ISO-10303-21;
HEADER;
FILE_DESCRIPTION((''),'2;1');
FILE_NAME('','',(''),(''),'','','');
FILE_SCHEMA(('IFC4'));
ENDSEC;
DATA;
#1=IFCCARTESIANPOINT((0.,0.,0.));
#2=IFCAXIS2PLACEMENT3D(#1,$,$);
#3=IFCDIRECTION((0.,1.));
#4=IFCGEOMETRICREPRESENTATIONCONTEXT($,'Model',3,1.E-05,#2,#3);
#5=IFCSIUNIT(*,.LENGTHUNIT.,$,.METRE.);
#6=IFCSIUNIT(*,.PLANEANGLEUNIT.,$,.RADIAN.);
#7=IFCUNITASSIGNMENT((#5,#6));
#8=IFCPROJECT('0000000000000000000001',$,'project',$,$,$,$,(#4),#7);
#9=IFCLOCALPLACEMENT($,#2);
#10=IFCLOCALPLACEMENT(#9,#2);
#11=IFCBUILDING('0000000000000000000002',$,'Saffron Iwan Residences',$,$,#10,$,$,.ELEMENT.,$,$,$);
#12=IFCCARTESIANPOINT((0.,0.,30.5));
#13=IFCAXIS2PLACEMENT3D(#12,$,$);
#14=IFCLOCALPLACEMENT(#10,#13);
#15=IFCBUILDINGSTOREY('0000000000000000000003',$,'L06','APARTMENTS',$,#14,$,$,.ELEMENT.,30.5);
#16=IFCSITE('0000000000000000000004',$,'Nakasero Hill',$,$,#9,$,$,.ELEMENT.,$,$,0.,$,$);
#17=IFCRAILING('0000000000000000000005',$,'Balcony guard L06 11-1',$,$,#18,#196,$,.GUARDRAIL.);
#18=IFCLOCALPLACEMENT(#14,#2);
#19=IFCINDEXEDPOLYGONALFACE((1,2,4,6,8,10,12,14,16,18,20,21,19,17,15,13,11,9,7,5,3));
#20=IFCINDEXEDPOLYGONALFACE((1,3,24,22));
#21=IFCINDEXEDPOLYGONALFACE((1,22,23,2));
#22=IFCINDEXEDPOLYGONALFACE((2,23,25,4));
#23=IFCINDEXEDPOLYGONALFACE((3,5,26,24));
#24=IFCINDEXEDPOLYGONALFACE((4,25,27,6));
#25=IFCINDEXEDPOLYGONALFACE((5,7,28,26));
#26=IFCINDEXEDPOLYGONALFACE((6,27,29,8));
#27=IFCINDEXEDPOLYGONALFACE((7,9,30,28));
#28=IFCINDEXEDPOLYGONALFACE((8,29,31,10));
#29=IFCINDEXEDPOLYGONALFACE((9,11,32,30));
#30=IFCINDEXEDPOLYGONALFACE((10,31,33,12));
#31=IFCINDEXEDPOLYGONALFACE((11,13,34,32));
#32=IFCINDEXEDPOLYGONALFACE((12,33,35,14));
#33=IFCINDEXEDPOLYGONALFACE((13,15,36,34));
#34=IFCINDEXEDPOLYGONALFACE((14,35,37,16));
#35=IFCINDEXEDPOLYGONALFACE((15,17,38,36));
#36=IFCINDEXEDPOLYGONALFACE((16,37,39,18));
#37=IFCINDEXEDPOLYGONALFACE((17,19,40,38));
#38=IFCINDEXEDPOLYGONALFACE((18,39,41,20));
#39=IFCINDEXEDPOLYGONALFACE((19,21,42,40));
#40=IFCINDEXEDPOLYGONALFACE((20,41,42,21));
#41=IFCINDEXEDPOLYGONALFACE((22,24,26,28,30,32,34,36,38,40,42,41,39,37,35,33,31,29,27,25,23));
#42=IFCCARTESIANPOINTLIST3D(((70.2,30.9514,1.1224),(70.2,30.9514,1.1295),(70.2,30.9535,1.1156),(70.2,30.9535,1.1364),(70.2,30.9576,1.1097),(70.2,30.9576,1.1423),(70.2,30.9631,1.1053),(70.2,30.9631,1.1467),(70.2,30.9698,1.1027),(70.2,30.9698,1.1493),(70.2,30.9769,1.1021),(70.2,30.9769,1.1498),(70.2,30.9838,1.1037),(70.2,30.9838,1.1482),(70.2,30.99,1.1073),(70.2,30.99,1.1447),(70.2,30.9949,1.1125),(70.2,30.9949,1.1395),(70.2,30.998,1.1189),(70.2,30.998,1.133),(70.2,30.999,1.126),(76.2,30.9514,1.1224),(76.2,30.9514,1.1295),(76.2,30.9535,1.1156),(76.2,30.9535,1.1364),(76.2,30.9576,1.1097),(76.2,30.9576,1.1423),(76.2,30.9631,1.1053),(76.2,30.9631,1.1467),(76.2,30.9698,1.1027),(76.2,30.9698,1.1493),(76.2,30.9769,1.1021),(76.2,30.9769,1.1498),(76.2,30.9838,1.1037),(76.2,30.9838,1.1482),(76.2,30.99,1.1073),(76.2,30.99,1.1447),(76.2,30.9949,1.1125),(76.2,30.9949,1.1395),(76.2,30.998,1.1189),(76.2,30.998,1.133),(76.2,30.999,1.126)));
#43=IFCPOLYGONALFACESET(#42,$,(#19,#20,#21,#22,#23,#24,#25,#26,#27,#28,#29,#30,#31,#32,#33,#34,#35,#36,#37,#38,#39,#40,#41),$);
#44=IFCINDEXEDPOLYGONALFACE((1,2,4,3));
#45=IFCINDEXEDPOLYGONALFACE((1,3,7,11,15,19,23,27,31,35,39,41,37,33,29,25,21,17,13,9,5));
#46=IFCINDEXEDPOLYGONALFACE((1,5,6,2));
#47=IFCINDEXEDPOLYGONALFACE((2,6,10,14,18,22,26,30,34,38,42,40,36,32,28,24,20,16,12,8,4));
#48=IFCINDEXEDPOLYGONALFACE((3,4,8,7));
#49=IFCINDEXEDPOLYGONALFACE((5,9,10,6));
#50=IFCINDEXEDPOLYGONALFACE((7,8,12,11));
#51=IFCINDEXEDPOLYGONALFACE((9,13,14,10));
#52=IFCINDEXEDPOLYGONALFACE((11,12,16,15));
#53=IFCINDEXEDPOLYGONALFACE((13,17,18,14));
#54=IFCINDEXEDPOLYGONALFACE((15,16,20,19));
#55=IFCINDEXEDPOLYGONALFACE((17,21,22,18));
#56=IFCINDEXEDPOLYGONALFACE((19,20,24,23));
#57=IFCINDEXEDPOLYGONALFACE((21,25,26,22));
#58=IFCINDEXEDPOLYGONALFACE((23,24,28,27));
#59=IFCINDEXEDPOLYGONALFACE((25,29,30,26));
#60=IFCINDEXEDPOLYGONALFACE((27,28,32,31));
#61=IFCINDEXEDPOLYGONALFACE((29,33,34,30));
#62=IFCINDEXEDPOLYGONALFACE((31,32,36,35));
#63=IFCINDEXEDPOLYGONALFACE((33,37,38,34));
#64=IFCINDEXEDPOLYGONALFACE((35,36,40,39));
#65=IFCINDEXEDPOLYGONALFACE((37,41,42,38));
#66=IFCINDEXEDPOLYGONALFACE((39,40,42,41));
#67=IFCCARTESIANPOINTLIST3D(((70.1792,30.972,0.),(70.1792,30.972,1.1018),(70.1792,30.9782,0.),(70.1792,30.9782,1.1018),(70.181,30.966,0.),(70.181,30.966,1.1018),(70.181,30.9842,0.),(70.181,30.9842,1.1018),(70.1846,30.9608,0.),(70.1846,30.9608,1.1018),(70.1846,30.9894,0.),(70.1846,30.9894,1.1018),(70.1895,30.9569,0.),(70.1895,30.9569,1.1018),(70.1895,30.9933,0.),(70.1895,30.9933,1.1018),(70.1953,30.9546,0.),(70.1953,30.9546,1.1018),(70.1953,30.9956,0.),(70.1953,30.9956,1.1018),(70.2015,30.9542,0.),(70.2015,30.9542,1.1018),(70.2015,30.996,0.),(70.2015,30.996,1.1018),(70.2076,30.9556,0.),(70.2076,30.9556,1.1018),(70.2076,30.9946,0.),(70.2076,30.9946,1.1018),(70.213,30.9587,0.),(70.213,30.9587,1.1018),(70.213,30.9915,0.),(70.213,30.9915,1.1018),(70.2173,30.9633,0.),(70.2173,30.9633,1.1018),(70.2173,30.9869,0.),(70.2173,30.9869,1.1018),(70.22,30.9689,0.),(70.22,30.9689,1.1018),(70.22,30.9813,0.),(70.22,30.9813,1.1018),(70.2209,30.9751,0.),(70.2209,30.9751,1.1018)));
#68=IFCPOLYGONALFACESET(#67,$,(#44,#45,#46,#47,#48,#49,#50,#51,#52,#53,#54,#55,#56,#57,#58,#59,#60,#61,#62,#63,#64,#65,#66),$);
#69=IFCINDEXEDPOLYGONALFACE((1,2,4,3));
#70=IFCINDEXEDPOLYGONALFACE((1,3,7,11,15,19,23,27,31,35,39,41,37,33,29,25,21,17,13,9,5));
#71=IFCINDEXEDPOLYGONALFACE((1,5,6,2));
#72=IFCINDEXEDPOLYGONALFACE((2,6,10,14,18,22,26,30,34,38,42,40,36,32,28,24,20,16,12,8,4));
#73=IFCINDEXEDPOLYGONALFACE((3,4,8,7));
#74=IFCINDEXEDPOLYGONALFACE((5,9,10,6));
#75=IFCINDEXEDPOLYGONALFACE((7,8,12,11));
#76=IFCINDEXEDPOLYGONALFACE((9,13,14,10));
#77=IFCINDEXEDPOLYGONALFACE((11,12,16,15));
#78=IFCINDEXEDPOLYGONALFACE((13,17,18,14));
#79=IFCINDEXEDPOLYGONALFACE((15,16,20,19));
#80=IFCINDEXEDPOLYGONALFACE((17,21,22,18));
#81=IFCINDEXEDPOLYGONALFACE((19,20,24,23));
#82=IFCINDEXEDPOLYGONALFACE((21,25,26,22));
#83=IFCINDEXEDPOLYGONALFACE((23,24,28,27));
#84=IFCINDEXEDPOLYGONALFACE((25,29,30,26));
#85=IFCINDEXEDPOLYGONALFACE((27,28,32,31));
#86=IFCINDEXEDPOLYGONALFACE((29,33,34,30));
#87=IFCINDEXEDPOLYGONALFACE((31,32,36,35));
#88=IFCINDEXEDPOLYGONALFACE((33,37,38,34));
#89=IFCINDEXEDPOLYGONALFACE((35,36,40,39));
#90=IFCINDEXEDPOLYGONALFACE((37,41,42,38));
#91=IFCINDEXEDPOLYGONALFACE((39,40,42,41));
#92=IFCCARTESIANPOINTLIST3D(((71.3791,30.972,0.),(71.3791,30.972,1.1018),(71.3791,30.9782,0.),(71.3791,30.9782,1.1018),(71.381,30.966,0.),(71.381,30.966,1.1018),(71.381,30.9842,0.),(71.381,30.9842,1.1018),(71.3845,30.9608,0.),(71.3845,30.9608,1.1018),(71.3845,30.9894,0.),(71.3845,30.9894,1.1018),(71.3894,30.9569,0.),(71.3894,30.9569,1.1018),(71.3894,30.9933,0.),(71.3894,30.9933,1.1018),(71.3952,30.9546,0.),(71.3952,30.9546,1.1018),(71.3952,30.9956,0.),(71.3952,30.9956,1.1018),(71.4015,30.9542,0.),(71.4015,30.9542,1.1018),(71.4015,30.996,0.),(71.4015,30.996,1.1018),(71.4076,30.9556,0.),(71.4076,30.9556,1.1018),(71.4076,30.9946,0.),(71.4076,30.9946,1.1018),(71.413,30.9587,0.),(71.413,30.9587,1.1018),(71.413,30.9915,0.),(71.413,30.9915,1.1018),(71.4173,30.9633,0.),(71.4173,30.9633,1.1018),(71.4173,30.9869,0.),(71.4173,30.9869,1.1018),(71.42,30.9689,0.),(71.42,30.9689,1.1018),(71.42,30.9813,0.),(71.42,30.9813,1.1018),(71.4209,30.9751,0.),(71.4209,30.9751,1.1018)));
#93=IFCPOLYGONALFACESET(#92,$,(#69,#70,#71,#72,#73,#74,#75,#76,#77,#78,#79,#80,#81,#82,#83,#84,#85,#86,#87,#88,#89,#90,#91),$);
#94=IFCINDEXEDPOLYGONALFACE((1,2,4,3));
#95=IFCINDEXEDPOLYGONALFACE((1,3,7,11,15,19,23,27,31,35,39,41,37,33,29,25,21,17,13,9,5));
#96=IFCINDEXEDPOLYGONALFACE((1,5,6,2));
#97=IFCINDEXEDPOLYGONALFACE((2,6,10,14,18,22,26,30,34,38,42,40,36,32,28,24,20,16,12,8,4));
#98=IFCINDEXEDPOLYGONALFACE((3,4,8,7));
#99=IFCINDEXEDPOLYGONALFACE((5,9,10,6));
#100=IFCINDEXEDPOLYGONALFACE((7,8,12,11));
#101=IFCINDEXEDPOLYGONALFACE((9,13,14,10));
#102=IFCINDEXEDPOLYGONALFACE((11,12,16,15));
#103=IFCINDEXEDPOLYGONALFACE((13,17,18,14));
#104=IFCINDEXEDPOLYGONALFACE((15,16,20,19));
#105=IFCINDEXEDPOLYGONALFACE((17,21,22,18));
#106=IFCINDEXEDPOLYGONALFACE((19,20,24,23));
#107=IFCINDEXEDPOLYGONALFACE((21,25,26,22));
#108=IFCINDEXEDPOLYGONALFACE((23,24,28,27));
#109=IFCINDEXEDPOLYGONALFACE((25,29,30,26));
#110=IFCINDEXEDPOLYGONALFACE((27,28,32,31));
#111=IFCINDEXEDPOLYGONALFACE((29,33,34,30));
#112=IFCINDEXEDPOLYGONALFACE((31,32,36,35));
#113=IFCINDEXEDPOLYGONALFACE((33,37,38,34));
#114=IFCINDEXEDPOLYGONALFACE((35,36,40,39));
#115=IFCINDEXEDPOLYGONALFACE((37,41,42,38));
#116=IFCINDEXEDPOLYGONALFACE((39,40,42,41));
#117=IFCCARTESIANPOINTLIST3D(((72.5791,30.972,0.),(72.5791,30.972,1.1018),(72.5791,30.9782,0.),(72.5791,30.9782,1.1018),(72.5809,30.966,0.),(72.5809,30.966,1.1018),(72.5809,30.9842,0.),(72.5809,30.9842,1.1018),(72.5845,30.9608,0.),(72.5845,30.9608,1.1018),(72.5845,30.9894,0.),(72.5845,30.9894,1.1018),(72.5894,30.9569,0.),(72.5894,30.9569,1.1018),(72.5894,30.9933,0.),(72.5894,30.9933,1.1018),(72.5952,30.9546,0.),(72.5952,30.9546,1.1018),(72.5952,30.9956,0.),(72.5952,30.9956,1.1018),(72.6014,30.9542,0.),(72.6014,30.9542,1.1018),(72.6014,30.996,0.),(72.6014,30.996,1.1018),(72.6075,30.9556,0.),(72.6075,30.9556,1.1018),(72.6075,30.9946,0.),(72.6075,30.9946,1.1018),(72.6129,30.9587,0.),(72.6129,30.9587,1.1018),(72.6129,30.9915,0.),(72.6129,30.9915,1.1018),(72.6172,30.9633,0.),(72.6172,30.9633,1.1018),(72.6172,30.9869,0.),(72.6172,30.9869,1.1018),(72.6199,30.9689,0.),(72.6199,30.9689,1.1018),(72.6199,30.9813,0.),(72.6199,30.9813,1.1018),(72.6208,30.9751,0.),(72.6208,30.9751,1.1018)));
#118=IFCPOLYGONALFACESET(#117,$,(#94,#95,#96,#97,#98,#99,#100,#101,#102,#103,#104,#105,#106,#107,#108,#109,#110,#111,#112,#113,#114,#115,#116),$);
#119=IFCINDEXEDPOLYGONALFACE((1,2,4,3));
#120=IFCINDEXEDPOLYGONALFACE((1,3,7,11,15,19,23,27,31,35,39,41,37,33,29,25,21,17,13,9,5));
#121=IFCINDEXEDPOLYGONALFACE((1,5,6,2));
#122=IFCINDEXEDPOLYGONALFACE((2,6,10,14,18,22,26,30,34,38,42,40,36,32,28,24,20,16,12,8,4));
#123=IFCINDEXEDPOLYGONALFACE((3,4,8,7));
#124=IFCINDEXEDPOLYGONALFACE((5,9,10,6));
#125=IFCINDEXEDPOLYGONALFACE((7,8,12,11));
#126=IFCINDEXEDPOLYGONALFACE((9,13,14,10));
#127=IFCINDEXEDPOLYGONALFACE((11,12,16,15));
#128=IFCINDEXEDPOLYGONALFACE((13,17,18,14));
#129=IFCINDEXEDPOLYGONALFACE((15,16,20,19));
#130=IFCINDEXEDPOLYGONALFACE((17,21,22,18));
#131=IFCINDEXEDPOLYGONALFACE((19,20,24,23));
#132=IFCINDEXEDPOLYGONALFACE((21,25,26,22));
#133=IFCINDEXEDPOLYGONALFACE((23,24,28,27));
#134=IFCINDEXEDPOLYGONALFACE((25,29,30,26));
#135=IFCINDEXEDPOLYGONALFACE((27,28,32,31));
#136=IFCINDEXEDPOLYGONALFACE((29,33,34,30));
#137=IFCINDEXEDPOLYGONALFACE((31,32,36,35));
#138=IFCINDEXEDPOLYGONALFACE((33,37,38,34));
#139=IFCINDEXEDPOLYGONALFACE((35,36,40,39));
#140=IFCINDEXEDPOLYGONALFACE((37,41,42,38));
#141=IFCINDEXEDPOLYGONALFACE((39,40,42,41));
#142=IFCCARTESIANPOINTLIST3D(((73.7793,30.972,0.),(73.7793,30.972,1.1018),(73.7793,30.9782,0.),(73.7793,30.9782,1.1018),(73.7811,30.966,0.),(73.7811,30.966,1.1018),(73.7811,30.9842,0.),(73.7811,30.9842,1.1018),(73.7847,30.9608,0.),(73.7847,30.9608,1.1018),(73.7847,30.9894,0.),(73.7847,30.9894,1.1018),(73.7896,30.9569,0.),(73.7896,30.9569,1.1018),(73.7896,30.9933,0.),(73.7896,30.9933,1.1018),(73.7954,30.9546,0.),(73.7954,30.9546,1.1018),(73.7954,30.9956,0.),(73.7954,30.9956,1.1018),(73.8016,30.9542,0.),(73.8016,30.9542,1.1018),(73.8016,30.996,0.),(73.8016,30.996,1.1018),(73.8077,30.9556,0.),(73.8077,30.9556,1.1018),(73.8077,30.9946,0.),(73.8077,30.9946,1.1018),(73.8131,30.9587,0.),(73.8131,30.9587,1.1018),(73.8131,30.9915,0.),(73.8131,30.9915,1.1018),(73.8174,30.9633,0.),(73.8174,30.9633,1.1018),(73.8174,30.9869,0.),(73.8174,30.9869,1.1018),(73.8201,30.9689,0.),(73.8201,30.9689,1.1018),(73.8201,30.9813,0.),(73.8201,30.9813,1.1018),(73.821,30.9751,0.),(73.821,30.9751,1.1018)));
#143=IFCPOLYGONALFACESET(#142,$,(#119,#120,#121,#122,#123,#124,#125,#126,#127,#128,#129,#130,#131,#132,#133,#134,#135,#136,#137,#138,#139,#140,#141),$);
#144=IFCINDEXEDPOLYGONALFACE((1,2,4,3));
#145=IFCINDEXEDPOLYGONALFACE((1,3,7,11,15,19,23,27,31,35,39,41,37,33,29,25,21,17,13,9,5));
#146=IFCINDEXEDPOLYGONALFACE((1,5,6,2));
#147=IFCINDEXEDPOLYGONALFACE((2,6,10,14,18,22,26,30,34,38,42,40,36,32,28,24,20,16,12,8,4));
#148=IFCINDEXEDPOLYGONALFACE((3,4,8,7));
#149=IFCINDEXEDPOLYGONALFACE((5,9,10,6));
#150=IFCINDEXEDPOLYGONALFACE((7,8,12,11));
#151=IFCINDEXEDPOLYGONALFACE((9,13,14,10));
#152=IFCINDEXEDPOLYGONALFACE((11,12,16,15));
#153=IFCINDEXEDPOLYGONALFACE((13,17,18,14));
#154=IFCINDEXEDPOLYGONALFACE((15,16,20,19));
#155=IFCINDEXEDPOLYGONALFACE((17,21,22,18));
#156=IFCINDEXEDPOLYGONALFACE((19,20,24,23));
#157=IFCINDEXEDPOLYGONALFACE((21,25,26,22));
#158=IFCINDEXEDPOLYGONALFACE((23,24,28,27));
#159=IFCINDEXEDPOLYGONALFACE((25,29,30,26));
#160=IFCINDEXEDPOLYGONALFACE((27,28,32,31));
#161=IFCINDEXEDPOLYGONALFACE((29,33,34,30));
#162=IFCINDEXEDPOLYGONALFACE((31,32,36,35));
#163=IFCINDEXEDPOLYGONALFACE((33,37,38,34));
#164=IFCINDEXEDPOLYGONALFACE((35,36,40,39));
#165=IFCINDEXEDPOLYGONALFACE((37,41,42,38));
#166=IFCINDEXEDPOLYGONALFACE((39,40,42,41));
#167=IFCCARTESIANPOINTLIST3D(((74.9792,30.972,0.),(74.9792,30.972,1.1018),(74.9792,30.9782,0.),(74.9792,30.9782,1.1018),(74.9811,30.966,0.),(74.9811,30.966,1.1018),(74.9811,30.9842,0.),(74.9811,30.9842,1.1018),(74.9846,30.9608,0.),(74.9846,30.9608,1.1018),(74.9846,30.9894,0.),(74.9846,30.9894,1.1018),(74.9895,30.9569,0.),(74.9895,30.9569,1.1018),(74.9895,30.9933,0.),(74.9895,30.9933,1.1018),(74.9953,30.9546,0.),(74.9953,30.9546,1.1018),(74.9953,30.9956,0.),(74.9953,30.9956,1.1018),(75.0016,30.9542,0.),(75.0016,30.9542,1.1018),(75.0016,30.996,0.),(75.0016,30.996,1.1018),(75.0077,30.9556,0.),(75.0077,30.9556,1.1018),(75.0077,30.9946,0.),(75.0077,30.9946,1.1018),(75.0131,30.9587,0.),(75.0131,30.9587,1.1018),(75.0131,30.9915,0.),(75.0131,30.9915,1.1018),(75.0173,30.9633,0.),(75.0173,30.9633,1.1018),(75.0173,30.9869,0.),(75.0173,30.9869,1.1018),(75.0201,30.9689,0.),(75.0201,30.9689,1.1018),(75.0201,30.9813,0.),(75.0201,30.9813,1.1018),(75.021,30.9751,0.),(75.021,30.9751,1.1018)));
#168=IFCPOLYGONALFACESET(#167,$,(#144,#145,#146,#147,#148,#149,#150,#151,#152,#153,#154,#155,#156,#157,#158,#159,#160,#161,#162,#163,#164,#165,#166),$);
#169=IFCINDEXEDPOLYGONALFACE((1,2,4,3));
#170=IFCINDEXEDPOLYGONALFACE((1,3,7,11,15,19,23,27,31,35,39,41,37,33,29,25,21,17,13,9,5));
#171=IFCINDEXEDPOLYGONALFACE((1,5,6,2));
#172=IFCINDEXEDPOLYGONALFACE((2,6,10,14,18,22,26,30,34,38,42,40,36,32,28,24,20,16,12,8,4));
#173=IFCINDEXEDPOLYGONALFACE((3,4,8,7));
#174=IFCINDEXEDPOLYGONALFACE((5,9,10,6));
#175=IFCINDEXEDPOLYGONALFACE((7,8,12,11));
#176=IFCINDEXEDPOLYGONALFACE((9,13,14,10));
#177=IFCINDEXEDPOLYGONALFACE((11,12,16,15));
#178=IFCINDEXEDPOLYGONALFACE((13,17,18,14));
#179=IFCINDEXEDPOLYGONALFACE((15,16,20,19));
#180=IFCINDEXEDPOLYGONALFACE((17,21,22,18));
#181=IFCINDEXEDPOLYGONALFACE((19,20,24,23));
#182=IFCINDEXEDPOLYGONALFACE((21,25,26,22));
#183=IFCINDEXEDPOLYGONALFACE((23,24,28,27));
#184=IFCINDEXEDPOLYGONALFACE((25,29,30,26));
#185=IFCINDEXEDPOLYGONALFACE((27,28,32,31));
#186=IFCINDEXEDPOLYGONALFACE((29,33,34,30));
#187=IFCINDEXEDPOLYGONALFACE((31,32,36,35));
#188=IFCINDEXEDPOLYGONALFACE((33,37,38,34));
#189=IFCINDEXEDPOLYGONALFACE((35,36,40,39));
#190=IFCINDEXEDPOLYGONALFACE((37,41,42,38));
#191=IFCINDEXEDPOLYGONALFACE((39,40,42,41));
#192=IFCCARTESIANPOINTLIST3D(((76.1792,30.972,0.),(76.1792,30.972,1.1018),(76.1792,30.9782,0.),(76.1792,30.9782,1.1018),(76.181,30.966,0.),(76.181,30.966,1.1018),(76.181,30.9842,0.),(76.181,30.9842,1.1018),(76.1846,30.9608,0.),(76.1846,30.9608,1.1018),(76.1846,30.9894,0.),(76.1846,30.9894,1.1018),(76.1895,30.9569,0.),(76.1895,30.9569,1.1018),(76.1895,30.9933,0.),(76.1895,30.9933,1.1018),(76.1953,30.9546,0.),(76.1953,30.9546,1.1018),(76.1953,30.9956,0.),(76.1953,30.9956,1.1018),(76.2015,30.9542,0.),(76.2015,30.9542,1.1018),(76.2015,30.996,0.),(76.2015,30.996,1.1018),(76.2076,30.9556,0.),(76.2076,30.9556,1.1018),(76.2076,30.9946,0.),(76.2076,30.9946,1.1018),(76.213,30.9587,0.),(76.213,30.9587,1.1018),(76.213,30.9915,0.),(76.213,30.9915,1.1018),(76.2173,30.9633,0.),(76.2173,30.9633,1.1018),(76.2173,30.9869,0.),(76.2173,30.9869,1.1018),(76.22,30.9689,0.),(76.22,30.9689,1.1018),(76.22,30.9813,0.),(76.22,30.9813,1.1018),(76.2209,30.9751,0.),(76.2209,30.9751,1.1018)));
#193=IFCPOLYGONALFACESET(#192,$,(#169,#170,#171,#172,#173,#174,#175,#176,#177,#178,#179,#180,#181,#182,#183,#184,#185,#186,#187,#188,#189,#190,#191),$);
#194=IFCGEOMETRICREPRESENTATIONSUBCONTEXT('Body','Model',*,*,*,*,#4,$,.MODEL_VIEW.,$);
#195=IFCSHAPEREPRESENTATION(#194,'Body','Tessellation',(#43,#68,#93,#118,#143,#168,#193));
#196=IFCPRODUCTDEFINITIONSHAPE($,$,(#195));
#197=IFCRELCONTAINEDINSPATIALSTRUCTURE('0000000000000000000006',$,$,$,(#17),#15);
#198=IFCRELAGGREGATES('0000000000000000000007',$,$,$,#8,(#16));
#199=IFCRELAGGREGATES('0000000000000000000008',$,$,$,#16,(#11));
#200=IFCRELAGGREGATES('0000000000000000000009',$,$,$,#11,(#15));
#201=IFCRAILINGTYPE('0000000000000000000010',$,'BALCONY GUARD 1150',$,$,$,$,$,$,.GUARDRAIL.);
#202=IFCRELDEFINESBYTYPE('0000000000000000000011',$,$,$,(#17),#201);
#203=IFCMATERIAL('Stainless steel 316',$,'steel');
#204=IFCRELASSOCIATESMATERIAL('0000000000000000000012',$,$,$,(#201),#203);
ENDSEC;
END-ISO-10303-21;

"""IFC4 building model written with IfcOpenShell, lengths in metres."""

from ifc_helpers import new_model, si_unit, direction, frame, origin, origin_2d, place, context, subcontext, project, spatial, circle, extrude, material, type_object, element, save


model = new_model("IFC4")

# Units and contexts
model_context = context("Model", 3, precision=1e-05, world=origin(), true_north=direction((0.0, 1.0)))
body_context = subcontext(model_context, "Body", "Model", "MODEL_VIEW")
ifc_project = project(units=[si_unit("LENGTHUNIT", "METRE"), si_unit("PLANEANGLEUNIT", "RADIAN")], contexts=[model_context])

# Site, building, storey
site_placement = place(None, origin())
site = spatial("IfcSite", under=ifc_project, at=site_placement, Name="Nakasero Hill", CompositionType="ELEMENT", RefElevation=0.0)
building_placement = place(site_placement, origin())
building = spatial("IfcBuilding", under=site, at=building_placement, Name="Saffron Iwan Residences", CompositionType="ELEMENT")
storey_placement = place(building_placement, frame((0.0, 0.0, 30.5)))
storey = spatial("IfcBuildingStorey", under=building, at=storey_placement, Name="L06", Description="APARTMENTS", CompositionType="ELEMENT", Elevation=30.5)

# Railing
ifc_material_1 = material(Name="Stainless steel 316", Category="steel")
railing_type = type_object("IfcRailingType", Name="BALCONY GUARD 1150", PredefinedType="GUARDRAIL", material=ifc_material_1)
railing_placement = place(storey_placement, frame((70.2, 30.9751, 0.0)))
element("IfcRailing", 1, at=railing_placement, inside=storey, type_object=railing_type, Name="Balcony guard L06 11-1", PredefinedType="GUARDRAIL", context=body_context, shape_type="SweptSolid", body=[
    extrude(circle(Radius=0.0239, at=origin_2d()), frame((0.0, 0.0, 1.126), z_axis=(1.0, 0.0, 0.0), x_axis=(0.0, 1.0, 0.0)), (0.0, 0.0, 1.0), 6.0),
    extrude(circle(Radius=0.021, at=origin_2d()), origin(), (0.0, 0.0, 1.0), 1.1018),
    extrude(circle(Radius=0.021, at=origin_2d()), frame((1.2, 0.0, 0.0)), (0.0, 0.0, 1.0), 1.1018),
    extrude(circle(Radius=0.021, at=origin_2d()), frame((2.3999, 0.0, 0.0)), (0.0, 0.0, 1.0), 1.1018),
    extrude(circle(Radius=0.021, at=origin_2d()), frame((3.6001, 0.0, 0.0)), (0.0, 0.0, 1.0), 1.1018),
    extrude(circle(Radius=0.021, at=origin_2d()), frame((4.8, 0.0, 0.0)), (0.0, 0.0, 1.0), 1.1018),
    extrude(circle(Radius=0.021, at=origin_2d()), frame((6.0, 0.0, 0.0)), (0.0, 0.0, 1.0), 1.1018),
])

save(model, "model.ifc")
